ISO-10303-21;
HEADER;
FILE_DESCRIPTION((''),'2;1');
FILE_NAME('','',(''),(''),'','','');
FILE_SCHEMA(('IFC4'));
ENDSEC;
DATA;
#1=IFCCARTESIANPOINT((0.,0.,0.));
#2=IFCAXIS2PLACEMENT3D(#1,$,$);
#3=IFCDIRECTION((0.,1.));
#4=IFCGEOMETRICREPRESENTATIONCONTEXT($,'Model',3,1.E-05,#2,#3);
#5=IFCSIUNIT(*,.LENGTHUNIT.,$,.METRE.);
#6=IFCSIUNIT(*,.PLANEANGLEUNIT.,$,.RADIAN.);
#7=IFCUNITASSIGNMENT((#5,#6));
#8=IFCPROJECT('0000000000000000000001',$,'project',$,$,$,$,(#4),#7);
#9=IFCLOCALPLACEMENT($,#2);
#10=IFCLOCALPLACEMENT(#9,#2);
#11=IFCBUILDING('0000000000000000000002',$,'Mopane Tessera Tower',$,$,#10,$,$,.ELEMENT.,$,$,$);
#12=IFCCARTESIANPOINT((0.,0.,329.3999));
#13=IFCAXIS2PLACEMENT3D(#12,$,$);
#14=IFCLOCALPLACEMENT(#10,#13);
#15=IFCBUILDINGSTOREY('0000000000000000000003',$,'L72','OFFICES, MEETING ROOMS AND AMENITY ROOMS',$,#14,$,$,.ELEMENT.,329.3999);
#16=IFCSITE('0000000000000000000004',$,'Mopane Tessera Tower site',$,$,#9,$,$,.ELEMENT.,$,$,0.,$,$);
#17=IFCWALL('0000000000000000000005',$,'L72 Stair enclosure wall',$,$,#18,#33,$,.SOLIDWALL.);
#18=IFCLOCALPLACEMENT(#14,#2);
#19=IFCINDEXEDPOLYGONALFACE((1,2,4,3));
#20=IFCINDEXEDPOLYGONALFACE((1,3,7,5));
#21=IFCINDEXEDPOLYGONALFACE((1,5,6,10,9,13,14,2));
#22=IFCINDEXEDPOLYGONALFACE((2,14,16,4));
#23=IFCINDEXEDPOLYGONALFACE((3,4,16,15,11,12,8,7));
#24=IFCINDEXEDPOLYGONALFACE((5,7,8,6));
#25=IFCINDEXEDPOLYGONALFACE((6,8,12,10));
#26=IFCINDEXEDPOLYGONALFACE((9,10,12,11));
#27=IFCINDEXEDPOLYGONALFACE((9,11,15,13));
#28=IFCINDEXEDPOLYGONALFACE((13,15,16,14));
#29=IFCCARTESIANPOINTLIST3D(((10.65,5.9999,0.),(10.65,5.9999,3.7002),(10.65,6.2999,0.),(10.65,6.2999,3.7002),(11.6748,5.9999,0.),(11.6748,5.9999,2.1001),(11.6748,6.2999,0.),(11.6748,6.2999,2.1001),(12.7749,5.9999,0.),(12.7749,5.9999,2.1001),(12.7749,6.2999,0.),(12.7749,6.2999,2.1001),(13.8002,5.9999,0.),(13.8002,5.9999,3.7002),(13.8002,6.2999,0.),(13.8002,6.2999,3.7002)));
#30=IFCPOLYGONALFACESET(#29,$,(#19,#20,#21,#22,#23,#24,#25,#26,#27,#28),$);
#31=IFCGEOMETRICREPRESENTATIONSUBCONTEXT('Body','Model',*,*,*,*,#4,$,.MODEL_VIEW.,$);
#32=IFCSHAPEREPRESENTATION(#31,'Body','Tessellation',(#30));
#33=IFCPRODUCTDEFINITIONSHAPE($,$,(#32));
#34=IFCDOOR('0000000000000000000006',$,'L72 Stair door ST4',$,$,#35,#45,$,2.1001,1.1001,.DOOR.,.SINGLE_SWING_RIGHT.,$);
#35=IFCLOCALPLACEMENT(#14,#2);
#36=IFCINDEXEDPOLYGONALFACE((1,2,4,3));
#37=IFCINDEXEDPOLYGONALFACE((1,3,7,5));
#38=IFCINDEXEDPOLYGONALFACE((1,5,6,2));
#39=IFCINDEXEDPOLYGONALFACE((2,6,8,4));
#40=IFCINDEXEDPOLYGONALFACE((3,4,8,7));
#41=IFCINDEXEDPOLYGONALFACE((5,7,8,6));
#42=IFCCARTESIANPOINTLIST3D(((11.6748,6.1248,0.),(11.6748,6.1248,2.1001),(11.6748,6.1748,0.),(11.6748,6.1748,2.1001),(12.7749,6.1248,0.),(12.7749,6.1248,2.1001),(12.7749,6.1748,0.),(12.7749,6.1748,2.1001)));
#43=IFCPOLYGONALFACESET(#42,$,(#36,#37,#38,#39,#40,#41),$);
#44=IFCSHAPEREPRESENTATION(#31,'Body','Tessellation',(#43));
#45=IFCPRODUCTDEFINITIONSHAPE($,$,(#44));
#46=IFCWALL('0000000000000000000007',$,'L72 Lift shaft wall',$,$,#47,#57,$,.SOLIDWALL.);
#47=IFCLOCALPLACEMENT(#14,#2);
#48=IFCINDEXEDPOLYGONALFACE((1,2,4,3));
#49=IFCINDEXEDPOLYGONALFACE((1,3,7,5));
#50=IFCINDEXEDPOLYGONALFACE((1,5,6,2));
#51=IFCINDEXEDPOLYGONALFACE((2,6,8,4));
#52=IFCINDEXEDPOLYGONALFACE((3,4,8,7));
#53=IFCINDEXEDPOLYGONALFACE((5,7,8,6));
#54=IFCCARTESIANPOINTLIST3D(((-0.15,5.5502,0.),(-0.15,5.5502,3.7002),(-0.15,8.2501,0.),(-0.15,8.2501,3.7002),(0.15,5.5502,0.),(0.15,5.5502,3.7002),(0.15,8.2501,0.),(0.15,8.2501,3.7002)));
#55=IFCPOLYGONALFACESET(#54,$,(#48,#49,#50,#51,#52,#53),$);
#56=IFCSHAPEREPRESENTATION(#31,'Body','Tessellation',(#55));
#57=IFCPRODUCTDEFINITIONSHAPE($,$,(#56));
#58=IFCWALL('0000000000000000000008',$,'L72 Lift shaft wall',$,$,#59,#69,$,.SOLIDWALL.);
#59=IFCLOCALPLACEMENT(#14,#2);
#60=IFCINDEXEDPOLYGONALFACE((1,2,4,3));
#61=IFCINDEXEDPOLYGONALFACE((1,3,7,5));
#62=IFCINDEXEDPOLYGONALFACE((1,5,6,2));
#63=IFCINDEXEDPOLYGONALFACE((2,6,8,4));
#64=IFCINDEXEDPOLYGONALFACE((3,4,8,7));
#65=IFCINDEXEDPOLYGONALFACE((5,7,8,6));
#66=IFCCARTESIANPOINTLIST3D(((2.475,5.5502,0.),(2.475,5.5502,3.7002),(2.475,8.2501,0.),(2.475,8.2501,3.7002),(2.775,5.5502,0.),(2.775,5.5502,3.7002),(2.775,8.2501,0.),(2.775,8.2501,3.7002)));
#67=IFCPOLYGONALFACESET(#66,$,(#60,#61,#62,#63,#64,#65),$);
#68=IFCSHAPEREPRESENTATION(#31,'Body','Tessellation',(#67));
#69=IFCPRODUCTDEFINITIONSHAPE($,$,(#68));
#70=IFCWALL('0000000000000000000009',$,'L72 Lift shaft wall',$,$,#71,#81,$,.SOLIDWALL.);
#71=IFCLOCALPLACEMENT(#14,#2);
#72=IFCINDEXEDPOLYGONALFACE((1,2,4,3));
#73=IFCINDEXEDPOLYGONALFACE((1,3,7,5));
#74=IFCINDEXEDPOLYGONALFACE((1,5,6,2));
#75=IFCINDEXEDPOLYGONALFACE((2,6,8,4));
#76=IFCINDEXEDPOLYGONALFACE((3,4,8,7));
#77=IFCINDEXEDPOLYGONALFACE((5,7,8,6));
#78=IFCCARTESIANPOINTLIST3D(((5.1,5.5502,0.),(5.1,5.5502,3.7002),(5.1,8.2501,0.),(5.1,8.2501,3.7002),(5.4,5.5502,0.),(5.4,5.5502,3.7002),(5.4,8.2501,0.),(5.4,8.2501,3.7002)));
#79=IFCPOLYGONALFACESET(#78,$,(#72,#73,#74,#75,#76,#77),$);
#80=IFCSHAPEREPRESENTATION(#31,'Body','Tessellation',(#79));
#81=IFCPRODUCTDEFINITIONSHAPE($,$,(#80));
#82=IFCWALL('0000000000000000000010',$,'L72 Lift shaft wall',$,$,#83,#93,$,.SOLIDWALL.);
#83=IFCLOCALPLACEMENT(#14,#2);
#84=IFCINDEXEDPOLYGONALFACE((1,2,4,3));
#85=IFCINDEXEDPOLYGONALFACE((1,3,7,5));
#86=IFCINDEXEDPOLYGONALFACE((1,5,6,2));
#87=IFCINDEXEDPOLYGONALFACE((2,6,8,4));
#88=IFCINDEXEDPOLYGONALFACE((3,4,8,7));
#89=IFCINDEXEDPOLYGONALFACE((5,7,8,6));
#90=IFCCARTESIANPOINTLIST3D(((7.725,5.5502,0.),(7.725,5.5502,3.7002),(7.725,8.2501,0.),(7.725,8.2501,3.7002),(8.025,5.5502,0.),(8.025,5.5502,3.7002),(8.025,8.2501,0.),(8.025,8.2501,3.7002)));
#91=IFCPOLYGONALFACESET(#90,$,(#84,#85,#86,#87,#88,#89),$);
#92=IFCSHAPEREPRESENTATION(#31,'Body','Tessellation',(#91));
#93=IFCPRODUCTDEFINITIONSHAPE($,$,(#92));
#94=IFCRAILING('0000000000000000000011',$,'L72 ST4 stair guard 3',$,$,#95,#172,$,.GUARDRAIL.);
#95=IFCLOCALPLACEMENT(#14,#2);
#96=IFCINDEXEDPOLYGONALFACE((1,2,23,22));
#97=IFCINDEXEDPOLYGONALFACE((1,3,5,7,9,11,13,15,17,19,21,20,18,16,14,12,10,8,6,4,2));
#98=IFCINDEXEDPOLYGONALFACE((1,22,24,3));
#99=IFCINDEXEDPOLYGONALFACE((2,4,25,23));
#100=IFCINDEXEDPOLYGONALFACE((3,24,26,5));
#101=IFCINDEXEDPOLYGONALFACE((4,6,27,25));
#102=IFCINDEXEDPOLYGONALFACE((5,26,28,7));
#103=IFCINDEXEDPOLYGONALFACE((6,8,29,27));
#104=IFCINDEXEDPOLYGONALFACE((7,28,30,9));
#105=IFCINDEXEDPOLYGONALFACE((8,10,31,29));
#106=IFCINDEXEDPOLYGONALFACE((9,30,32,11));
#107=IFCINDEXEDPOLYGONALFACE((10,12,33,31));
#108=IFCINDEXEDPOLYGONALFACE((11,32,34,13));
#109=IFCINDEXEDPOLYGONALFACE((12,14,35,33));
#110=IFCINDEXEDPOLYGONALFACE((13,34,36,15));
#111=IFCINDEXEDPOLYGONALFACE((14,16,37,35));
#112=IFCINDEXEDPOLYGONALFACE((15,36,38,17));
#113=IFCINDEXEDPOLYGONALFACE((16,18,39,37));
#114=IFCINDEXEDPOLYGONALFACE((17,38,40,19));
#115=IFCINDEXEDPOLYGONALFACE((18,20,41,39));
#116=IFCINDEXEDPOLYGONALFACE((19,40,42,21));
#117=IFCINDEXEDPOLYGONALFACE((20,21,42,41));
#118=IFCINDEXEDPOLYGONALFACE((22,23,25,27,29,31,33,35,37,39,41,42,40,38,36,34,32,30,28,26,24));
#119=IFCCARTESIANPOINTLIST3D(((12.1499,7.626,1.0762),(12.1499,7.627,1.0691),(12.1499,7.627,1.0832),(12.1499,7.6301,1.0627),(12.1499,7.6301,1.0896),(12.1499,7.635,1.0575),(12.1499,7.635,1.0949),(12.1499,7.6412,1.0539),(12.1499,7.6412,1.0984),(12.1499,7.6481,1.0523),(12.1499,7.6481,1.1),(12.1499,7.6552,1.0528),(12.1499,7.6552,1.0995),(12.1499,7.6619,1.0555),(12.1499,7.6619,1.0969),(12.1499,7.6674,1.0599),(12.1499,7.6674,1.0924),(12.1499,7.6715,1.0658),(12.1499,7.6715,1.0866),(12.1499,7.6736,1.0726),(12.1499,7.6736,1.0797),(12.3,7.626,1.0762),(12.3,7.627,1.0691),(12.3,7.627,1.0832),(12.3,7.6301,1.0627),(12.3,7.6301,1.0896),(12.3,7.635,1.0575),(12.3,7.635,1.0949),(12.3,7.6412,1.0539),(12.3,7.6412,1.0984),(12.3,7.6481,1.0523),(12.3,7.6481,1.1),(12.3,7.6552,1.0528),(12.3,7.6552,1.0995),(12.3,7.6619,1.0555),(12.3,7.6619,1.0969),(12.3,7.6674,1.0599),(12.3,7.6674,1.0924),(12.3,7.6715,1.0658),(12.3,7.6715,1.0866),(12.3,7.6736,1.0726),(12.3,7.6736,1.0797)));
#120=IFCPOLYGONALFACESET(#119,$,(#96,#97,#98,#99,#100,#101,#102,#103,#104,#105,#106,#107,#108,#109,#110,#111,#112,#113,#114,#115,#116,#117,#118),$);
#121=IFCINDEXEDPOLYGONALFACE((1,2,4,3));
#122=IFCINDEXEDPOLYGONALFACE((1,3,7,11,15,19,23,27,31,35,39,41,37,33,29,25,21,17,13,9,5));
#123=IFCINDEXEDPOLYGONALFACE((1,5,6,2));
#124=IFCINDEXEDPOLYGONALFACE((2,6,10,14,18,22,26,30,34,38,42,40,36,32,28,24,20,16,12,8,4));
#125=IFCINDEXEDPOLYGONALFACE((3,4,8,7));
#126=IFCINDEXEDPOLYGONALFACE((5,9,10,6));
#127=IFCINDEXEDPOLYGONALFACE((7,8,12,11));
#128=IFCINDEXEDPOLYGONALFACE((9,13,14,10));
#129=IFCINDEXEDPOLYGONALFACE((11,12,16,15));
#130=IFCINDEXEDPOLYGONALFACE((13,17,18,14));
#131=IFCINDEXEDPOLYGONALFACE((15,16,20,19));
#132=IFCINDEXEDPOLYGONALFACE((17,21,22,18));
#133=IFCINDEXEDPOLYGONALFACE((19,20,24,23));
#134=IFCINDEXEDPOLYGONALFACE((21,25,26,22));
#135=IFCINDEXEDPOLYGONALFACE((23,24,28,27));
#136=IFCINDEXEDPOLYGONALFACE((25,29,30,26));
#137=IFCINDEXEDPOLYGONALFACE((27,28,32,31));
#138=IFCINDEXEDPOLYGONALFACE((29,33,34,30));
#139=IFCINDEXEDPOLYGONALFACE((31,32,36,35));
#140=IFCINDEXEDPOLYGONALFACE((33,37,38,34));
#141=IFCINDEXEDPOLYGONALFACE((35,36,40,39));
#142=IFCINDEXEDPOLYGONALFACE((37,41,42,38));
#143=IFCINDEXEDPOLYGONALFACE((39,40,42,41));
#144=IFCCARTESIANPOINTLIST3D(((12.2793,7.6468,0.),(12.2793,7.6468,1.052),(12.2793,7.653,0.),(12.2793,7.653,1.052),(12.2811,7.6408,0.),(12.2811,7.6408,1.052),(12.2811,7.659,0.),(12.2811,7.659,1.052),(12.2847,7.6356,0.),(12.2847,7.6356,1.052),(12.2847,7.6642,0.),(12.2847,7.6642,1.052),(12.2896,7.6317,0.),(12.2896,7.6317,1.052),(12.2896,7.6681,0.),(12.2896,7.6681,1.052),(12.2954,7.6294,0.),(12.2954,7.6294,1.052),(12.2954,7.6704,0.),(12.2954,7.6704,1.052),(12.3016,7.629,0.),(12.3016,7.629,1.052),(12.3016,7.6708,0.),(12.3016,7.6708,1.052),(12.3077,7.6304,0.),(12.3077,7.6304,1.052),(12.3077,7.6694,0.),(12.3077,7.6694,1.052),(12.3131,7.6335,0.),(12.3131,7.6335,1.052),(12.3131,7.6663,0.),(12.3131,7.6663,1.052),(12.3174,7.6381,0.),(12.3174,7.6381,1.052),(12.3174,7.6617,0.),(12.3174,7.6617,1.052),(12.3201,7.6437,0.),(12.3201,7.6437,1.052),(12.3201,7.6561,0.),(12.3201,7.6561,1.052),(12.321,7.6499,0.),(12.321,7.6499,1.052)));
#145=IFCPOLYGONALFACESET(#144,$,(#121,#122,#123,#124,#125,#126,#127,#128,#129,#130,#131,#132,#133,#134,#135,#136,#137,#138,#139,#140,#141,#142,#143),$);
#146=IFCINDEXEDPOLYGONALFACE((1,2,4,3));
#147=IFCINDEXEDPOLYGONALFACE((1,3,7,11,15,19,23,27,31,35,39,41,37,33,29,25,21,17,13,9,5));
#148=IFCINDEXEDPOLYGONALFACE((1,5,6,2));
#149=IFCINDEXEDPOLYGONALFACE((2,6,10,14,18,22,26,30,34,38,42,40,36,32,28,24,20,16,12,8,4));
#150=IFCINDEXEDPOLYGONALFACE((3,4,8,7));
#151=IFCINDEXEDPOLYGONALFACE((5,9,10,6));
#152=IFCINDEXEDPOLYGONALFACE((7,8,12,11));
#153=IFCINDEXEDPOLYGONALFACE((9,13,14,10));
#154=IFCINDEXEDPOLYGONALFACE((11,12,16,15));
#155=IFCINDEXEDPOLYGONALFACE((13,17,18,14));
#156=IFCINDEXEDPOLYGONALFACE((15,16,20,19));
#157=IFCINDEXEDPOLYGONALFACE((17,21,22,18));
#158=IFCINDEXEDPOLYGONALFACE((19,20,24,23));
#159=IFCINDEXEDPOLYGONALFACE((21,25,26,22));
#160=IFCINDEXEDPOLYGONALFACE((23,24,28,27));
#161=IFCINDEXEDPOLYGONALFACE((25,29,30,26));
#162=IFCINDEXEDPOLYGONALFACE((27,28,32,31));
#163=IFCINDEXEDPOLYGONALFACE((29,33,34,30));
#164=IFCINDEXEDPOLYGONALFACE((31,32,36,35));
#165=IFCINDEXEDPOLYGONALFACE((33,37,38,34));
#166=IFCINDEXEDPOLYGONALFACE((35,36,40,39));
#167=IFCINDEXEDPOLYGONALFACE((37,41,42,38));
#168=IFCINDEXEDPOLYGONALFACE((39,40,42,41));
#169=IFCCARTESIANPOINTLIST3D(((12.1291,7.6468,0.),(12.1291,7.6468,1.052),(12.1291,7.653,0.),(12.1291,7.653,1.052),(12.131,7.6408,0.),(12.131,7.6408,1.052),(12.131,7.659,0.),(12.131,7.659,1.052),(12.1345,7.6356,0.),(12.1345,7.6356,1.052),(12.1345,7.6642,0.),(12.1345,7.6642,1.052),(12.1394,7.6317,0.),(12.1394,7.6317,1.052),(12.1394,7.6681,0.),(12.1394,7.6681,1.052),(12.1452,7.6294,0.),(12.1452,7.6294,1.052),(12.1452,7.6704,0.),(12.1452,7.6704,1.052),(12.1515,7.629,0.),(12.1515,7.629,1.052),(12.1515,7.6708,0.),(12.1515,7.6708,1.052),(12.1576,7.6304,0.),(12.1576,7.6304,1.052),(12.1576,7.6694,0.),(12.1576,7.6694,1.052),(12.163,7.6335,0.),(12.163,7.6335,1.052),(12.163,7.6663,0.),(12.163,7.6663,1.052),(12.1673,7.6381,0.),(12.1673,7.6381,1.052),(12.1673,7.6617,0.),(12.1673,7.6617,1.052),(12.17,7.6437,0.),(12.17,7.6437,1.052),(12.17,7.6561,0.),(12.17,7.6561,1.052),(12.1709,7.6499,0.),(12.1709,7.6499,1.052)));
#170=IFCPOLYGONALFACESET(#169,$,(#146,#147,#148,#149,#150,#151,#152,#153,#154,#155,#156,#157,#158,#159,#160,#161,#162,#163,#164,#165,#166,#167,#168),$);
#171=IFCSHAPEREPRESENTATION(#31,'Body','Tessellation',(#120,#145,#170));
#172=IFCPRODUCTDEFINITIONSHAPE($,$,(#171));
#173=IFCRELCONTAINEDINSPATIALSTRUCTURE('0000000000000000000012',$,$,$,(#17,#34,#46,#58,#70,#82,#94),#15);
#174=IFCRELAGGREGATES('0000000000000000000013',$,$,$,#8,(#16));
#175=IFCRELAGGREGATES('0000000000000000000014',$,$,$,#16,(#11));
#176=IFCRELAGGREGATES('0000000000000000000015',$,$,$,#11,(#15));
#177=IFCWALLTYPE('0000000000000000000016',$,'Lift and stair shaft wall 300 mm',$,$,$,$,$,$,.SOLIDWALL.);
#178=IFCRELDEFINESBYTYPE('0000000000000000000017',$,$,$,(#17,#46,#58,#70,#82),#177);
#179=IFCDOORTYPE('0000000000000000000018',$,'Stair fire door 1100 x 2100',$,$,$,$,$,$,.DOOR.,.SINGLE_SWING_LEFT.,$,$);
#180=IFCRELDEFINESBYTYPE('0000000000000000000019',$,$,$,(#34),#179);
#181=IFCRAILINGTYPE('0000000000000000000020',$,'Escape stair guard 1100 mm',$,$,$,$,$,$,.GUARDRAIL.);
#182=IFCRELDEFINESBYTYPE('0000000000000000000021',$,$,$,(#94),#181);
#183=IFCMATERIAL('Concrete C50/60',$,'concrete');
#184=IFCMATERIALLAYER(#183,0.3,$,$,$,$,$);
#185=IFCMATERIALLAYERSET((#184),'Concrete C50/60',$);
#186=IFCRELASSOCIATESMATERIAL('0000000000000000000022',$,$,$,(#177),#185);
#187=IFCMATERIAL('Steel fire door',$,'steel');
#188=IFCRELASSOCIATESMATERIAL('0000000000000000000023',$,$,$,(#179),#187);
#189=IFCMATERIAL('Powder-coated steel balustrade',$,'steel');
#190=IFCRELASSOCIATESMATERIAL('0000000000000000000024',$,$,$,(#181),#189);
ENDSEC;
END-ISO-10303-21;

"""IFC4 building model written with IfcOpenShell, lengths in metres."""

from ifc_helpers import new_model, si_unit, direction, frame, frame_2d, origin, origin_2d, place, context, subcontext, project, spatial, rectangle, circle, extrude, material, layer, layer_set, type_object, element, fill, save


model = new_model("IFC4")

# Units and contexts
model_context = context("Model", 3, precision=1e-05, world=origin(), true_north=direction((0.0, 1.0)))
body_context = subcontext(model_context, "Body", "Model", "MODEL_VIEW")
ifc_project = project(units=[si_unit("LENGTHUNIT", "METRE"), si_unit("PLANEANGLEUNIT", "RADIAN")], contexts=[model_context])

# Site, building, storey
site_placement = place(None, origin())
site = spatial("IfcSite", under=ifc_project, at=site_placement, Name="Mopane Tessera Tower site", CompositionType="ELEMENT", RefElevation=0.0)
building_placement = place(site_placement, origin())
building = spatial("IfcBuilding", under=site, at=building_placement, Name="Mopane Tessera Tower", CompositionType="ELEMENT")
storey_placement = place(building_placement, frame((0.0, 0.0, 329.3999)))
storey = spatial("IfcBuildingStorey", under=building, at=storey_placement, Name="L72", Description="OFFICES, MEETING ROOMS AND AMENITY ROOMS", CompositionType="ELEMENT", Elevation=329.3999)

# Wall, opening, door
ifc_material_1 = material(Name="Concrete C50/60", Category="concrete")
ifc_layer_1 = layer(ifc_material_1, 0.3)
ifc_layer_set_1 = layer_set([ifc_layer_1], Name="Concrete C50/60")
wall_type_1 = type_object("IfcWallType", Name="Lift and stair shaft wall 300 mm", PredefinedType="SOLIDWALL", material=ifc_layer_set_1)
ifc_material_2 = material(Name="Steel fire door", Category="steel")
door_type = type_object("IfcDoorType", Name="Stair fire door 1100 x 2100", OperationType="SINGLE_SWING_LEFT", PredefinedType="DOOR", material=ifc_material_2)
wall_1_placement = place(storey_placement, frame((10.6499, 6.1499, 0.0), z_axis=(0.0, 0.0, 1.0), x_axis=(1.0, 0.0, 0.0)))
wall_1 = element("IfcWall", 1, at=wall_1_placement, inside=storey, type_object=wall_type_1, Name="L72 Stair enclosure wall", PredefinedType="SOLIDWALL", context=body_context, shape_type="SweptSolid", body=[
    extrude(rectangle(XDim=3.1501, YDim=0.3, at=frame_2d((1.5752, 0.0))), origin(), (0.0, 0.0, 1.0), 3.7002),
])
opening_1_placement = place(wall_1_placement, frame((1.0249, 0.0, 0.0)))
opening_1 = element("IfcOpeningElement", 2, at=opening_1_placement, cuts=wall_1, PredefinedType="OPENING", context=body_context, shape_type="SweptSolid", body=[
    extrude(rectangle(XDim=1.1001, YDim=2.1001, at=frame_2d((0.55, 1.05))), frame((0.0, 0.1621, 0.0), z_axis=(0.0, -1.0, 0.0), x_axis=(1.0, 0.0, 0.0)), (0.0, 0.0, 1.0), 0.324),
])
door_1_placement = place(opening_1_placement, origin())
door_1 = element("IfcDoor", 3, at=door_1_placement, inside=storey, type_object=door_type, Name="L72 Stair door ST4", OperationType="SINGLE_SWING_RIGHT", OverallHeight=2.1001, OverallWidth=1.1001, PredefinedType="DOOR", context=body_context, shape_type="SweptSolid", body=[
    extrude(rectangle(XDim=1.1001, YDim=2.1001, at=frame_2d((0.55, 1.05))), frame((0.0, 0.0249, 0.0), z_axis=(0.0, -1.0, 0.0), x_axis=(1.0, 0.0, 0.0)), (0.0, 0.0, 1.0), 0.05),
])
fill(opening_1, door_1)

# Walls
for number, where, z_axis, x_axis, name in (
    (4, (0.0, 5.55, 0.0), (0.0, 0.0, 1.0), (0.0, 1.0, 0.0), "L72 Lift shaft wall"),
    (5, (2.625, 5.55, 0.0), (0.0, 0.0, 1.0), (0.0, 1.0, 0.0), "L72 Lift shaft wall"),
    (6, (5.25, 5.55, 0.0), (0.0, 0.0, 1.0), (0.0, 1.0, 0.0), "L72 Lift shaft wall"),
    (7, (7.875, 5.55, 0.0), (0.0, 0.0, 1.0), (0.0, 1.0, 0.0), "L72 Lift shaft wall"),
):
    element("IfcWall", number, at=place(storey_placement, frame(where, z_axis=z_axis, x_axis=x_axis)), inside=storey, type_object=wall_type_1, Name=name, PredefinedType="SOLIDWALL", context=body_context, shape_type="SweptSolid", body=[
        extrude(rectangle(XDim=2.7, YDim=0.3, at=frame_2d((1.3501, 0.0))), origin(), (0.0, 0.0, 1.0), 3.7002),
    ])

# Railing
ifc_material_3 = material(Name="Powder-coated steel balustrade", Category="steel")
railing_type = type_object("IfcRailingType", Name="Escape stair guard 1100 mm", PredefinedType="GUARDRAIL", material=ifc_material_3)
railing_placement = place(storey_placement, frame((12.3, 7.6499, 0.0)))
element("IfcRailing", 8, at=railing_placement, inside=storey, type_object=railing_type, Name="L72 ST4 stair guard 3", PredefinedType="GUARDRAIL", context=body_context, shape_type="SweptSolid", body=[
    extrude(circle(Radius=0.0239, at=origin_2d()), frame((0.0, 0.0, 1.0762), z_axis=(-1.0, 0.0, 0.0), x_axis=(0.0, -1.0, 0.0)), (0.0, 0.0, 1.0), 0.1501),
    extrude(circle(Radius=0.021, at=origin_2d()), origin(), (0.0, 0.0, 1.0), 1.052),
    extrude(circle(Radius=0.021, at=origin_2d()), frame((-0.1501, 0.0, 0.0)), (0.0, 0.0, 1.0), 1.052),
])

save(model, "model.ifc")
